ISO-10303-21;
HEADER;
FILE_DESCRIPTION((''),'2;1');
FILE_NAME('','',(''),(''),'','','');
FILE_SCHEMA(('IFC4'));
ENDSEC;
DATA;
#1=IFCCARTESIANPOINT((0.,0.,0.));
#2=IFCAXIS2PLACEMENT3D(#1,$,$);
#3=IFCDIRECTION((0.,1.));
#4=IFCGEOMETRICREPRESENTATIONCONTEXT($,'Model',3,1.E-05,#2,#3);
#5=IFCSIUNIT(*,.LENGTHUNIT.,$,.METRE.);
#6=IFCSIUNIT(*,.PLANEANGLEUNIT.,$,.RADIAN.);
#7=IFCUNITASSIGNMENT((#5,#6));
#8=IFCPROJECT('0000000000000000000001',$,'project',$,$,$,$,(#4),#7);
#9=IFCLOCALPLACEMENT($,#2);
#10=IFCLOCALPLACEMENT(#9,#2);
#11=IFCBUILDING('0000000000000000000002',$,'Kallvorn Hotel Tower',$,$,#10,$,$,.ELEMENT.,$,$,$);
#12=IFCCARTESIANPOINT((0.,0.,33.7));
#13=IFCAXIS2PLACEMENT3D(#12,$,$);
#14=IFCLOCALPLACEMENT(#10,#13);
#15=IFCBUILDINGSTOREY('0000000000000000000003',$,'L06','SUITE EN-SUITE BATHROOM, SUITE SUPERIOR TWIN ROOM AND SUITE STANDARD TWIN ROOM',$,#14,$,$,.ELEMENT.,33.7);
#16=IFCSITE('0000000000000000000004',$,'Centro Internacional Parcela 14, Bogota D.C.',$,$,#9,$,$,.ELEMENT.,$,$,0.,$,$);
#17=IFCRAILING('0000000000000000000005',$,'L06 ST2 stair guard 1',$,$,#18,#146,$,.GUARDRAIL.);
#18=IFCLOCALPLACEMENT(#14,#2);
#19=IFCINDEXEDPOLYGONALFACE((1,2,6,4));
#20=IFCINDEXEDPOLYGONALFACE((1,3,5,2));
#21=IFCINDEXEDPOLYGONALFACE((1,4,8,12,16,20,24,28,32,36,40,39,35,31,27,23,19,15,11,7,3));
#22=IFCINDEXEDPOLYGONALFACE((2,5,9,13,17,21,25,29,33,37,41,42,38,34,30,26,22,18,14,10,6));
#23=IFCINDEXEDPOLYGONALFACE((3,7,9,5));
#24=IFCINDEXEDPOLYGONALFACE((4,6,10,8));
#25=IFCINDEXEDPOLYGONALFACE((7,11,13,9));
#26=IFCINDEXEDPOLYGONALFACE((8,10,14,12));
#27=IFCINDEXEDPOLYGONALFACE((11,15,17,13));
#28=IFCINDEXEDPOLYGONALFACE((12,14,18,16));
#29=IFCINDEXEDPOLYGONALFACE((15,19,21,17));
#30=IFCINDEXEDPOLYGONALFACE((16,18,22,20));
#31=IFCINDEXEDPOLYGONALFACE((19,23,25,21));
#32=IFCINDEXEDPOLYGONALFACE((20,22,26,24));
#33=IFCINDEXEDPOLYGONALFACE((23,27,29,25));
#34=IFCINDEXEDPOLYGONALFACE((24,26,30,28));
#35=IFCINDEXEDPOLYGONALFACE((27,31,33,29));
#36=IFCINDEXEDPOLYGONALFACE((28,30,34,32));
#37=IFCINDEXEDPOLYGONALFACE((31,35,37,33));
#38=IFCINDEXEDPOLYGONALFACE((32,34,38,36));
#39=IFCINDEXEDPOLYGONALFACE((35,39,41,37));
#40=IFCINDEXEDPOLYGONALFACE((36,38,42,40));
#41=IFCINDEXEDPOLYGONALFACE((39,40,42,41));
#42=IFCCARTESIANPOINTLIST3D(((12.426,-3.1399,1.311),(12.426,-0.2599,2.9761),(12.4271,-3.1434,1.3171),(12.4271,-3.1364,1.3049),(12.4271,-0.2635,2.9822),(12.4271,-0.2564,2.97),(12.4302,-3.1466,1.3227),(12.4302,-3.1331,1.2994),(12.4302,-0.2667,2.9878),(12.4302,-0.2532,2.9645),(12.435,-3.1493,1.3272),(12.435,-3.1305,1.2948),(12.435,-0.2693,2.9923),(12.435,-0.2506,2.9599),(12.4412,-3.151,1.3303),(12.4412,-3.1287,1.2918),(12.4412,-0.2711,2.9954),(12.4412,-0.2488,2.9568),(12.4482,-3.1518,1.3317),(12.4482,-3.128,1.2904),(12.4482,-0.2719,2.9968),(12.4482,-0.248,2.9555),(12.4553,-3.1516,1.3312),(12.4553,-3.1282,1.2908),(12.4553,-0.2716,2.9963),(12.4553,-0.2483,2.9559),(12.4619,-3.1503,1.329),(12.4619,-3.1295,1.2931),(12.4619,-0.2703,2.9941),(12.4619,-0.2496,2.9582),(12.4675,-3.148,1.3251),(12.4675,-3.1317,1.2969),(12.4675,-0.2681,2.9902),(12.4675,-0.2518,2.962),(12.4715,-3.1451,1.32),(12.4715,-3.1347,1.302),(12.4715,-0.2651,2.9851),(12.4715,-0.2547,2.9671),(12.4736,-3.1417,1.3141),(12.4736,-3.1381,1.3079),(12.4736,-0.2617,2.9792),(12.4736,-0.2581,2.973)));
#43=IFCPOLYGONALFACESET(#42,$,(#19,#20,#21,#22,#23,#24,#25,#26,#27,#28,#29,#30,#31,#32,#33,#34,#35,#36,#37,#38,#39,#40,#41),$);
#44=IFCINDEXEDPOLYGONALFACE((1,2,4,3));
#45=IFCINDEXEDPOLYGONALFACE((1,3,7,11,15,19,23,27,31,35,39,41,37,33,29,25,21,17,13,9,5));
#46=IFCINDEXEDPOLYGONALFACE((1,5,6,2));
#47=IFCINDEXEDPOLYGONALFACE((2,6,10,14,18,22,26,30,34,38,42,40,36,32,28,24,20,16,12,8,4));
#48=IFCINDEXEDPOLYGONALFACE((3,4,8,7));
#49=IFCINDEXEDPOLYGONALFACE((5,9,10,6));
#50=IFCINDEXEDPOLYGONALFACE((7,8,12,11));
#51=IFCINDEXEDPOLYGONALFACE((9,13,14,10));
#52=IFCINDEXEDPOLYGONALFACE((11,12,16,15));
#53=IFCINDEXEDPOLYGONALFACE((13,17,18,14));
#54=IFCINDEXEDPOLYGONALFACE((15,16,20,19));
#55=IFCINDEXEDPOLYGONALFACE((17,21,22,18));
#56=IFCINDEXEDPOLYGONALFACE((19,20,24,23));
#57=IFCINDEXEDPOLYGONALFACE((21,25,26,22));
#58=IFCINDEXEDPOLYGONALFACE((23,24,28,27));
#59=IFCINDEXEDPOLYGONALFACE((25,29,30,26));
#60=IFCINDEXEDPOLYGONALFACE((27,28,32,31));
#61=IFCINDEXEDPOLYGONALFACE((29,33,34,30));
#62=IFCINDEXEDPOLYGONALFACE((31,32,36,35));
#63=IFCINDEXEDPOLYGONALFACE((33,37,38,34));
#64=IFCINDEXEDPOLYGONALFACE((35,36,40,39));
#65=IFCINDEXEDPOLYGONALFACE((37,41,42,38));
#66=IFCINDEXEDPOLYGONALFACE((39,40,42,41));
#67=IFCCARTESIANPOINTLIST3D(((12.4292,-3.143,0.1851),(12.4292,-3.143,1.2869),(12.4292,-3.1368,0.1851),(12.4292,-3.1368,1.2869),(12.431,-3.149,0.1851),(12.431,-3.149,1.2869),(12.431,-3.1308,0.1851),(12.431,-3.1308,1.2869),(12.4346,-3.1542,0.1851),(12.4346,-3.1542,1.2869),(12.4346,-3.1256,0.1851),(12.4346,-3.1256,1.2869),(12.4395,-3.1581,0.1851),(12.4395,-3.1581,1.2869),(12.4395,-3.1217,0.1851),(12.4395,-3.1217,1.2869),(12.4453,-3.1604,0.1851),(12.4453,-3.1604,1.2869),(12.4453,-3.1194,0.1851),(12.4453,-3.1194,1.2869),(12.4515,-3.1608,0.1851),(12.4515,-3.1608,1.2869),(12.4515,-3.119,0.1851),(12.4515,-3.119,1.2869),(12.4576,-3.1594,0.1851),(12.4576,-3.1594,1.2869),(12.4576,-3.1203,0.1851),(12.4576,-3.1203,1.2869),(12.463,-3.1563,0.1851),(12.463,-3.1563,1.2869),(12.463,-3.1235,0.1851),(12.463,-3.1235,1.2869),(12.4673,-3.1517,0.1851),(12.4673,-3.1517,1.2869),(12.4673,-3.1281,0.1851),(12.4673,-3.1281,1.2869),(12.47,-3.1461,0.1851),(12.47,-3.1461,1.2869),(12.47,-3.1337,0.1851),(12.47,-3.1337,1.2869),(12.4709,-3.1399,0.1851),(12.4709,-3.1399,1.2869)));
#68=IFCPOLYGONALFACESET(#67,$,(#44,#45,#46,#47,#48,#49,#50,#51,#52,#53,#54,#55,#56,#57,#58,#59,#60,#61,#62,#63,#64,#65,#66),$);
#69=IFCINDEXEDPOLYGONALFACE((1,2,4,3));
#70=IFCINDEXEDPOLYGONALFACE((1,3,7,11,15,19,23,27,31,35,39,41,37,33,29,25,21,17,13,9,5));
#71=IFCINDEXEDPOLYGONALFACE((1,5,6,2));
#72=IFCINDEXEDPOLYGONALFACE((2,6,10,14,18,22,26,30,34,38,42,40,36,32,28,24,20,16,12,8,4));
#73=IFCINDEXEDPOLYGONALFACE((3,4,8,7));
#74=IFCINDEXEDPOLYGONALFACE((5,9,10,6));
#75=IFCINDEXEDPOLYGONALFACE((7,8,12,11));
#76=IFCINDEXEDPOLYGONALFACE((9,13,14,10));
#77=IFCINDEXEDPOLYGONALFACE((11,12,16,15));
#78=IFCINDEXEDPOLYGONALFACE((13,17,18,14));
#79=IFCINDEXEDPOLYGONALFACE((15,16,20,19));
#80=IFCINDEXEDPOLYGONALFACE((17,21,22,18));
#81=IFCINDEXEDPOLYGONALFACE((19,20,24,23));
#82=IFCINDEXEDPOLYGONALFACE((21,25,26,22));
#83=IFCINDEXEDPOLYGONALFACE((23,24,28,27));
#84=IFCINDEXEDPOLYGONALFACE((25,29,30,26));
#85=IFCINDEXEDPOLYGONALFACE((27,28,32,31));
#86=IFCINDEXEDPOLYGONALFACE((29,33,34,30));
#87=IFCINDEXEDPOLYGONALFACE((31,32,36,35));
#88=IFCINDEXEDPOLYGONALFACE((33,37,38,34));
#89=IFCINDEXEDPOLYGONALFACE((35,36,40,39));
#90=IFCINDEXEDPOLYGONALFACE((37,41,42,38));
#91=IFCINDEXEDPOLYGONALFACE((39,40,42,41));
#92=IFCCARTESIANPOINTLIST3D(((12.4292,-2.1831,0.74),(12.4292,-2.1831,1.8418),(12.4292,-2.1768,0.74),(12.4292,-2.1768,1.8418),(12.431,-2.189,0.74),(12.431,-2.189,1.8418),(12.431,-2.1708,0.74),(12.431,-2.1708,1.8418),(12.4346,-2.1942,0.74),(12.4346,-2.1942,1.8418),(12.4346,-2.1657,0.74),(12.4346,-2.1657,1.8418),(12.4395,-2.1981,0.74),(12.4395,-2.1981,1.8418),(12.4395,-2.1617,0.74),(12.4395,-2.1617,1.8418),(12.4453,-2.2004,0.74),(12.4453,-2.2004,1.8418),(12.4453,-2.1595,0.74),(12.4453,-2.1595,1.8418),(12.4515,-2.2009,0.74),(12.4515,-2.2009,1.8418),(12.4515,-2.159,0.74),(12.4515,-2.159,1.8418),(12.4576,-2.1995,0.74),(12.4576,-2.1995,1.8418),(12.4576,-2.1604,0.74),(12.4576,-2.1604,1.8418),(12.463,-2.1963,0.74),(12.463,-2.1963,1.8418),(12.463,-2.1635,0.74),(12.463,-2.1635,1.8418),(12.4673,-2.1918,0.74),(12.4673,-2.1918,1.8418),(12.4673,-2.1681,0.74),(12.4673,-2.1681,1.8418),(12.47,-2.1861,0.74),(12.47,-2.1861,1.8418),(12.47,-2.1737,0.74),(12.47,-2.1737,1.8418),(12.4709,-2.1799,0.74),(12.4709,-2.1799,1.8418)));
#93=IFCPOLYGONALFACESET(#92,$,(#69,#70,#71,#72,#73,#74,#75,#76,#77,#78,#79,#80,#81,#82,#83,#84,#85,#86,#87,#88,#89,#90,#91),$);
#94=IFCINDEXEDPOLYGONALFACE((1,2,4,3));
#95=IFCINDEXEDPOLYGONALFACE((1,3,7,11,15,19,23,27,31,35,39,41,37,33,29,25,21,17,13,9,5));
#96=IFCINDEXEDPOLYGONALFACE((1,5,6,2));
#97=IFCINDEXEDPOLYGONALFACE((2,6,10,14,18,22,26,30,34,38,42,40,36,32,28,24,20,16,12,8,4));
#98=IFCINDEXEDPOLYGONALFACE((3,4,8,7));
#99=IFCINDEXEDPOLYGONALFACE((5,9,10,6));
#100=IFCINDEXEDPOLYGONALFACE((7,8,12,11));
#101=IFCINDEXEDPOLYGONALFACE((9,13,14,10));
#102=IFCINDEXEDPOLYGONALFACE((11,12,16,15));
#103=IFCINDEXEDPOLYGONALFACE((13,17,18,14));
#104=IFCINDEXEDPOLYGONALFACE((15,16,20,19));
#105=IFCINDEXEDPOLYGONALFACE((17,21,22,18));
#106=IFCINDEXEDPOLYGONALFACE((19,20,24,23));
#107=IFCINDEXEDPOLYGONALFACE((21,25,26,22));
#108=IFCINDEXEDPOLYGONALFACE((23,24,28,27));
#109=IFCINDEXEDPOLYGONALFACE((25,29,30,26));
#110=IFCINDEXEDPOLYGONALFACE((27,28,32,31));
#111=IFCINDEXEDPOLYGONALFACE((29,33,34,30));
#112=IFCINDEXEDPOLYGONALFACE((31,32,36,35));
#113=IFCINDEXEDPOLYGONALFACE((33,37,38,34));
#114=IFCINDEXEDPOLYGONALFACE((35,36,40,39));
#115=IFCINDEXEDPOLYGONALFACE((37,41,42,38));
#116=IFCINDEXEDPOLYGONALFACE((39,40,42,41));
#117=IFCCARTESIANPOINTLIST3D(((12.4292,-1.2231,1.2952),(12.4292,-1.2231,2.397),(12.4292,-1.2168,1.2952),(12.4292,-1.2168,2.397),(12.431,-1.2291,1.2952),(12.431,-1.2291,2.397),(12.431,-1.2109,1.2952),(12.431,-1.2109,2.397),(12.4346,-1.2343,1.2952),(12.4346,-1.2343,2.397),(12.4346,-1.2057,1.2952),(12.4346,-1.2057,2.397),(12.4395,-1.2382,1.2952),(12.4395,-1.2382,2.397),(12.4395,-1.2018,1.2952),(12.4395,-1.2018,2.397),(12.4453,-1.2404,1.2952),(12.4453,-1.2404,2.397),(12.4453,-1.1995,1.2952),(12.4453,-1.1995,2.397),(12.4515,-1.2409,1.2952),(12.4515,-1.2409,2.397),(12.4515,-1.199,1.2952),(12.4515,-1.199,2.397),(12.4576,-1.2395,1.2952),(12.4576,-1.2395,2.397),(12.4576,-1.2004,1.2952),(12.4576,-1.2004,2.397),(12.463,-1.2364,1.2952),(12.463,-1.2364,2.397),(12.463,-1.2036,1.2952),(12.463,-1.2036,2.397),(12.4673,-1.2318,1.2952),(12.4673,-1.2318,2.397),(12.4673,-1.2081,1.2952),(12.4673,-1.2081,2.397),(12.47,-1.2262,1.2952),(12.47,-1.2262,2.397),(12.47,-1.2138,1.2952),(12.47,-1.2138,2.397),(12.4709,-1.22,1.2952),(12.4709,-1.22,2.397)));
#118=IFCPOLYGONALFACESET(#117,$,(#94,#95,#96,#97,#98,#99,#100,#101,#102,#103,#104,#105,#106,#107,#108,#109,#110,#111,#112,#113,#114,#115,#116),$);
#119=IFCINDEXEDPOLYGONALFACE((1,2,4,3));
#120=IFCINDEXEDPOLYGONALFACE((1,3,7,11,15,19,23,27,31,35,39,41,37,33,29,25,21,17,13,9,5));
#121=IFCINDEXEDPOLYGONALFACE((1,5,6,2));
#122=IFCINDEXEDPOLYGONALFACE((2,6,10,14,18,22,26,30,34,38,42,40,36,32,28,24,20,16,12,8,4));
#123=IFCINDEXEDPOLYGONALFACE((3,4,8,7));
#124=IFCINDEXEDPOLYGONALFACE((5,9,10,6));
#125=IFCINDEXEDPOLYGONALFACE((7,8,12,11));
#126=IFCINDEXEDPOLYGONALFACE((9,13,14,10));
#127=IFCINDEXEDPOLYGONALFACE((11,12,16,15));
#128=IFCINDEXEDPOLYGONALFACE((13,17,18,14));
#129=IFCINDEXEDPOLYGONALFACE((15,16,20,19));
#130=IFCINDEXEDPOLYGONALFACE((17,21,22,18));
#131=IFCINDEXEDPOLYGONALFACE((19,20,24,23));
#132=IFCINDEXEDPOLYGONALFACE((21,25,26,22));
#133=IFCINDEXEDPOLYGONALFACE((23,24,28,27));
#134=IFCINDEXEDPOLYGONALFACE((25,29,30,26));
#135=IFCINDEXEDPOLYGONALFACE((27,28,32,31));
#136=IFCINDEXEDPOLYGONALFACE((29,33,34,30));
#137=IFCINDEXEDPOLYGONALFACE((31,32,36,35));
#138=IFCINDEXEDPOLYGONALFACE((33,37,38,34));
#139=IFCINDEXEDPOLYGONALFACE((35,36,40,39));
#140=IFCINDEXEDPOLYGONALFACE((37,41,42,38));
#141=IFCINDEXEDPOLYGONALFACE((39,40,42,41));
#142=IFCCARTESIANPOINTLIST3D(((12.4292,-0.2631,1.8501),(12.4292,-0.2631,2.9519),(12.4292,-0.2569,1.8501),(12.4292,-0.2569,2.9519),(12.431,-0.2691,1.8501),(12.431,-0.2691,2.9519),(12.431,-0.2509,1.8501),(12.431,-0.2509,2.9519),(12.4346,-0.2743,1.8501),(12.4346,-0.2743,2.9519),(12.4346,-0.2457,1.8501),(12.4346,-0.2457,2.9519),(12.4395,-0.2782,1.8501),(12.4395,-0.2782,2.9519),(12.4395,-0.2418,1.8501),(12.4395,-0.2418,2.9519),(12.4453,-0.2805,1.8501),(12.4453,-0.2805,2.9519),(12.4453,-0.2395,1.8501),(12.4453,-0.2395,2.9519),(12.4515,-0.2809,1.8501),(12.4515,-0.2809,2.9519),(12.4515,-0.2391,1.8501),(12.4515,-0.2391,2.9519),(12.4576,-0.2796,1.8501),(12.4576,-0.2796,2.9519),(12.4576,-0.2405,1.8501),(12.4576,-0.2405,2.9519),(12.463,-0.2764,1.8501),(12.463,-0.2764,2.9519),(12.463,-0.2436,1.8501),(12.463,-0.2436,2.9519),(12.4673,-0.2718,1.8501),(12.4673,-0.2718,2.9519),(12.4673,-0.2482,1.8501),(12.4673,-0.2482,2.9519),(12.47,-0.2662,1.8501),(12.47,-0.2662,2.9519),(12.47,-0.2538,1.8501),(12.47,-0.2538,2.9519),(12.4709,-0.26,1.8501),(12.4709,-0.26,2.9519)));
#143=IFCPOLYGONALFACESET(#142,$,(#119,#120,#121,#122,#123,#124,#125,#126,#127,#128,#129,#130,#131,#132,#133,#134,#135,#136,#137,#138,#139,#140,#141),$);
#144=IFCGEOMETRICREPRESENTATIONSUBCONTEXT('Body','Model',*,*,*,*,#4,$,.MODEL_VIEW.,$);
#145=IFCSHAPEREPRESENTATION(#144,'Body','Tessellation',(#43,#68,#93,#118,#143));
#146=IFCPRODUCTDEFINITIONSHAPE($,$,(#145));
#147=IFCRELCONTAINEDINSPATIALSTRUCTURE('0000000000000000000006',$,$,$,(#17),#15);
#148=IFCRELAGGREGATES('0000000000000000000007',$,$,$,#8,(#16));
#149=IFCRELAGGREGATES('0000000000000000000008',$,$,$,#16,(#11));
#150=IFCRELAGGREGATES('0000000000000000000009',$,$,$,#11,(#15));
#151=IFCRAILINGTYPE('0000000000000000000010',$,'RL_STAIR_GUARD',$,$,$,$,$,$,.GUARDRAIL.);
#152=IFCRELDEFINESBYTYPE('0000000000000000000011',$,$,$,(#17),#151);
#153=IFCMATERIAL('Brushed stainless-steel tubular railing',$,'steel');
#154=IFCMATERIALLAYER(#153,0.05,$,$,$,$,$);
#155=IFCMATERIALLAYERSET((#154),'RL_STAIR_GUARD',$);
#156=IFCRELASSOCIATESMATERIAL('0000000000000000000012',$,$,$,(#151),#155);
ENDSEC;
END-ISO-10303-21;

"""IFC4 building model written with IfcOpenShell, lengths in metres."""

from ifc_helpers import new_model, si_unit, direction, frame, origin, origin_2d, place, context, subcontext, project, spatial, circle, extrude, material, layer, layer_set, type_object, element, save


model = new_model("IFC4")

# Units and contexts
model_context = context("Model", 3, precision=1e-05, world=origin(), true_north=direction((0.0, 1.0)))
body_context = subcontext(model_context, "Body", "Model", "MODEL_VIEW")
ifc_project = project(units=[si_unit("LENGTHUNIT", "METRE"), si_unit("PLANEANGLEUNIT", "RADIAN")], contexts=[model_context])

# Site, building, storey
site_placement = place(None, origin())
site = spatial("IfcSite", under=ifc_project, at=site_placement, Name="Centro Internacional Parcela 14, Bogota D.C.", CompositionType="ELEMENT", RefElevation=0.0)
building_placement = place(site_placement, origin())
building = spatial("IfcBuilding", under=site, at=building_placement, Name="Kallvorn Hotel Tower", CompositionType="ELEMENT")
storey_placement = place(building_placement, frame((0.0, 0.0, 33.7)))
storey = spatial("IfcBuildingStorey", under=building, at=storey_placement, Name="L06", Description="SUITE EN-SUITE BATHROOM, SUITE SUPERIOR TWIN ROOM AND SUITE STANDARD TWIN ROOM", CompositionType="ELEMENT", Elevation=33.7)

# Railing
ifc_material_1 = material(Name="Brushed stainless-steel tubular railing", Category="steel")
ifc_layer_1 = layer(ifc_material_1, 0.05)
ifc_layer_set_1 = layer_set([ifc_layer_1], Name="RL_STAIR_GUARD")
railing_type_1 = type_object("IfcRailingType", Name="RL_STAIR_GUARD", PredefinedType="GUARDRAIL", material=ifc_layer_set_1)
railing_1_placement = place(storey_placement, frame((12.45, -3.1399, 0.1851)))
element("IfcRailing", 1, at=railing_1_placement, inside=storey, type_object=railing_type_1, Name="L06 ST2 stair guard 1", PredefinedType="GUARDRAIL", context=body_context, shape_type="SweptSolid", body=[
    extrude(circle(Radius=0.0239, at=origin_2d()), frame((0.0, 0.0, 1.126), z_axis=(0.0, 0.865721, 0.500527), x_axis=(-1.0, 0.0, 0.0)), (0.0, 0.0, 1.0), 3.3267),
    extrude(circle(Radius=0.021, at=origin_2d()), origin(), (0.0, 0.0, 1.0), 1.1018),
    extrude(circle(Radius=0.021, at=origin_2d()), frame((0.0, 0.96, 0.5549)), (0.0, 0.0, 1.0), 1.1018),
    extrude(circle(Radius=0.021, at=origin_2d()), frame((0.0, 1.9199, 1.1101)), (0.0, 0.0, 1.0), 1.1018),
    extrude(circle(Radius=0.021, at=origin_2d()), frame((0.0, 2.8799, 1.665)), (0.0, 0.0, 1.0), 1.1018),
])

save(model, "model.ifc")
